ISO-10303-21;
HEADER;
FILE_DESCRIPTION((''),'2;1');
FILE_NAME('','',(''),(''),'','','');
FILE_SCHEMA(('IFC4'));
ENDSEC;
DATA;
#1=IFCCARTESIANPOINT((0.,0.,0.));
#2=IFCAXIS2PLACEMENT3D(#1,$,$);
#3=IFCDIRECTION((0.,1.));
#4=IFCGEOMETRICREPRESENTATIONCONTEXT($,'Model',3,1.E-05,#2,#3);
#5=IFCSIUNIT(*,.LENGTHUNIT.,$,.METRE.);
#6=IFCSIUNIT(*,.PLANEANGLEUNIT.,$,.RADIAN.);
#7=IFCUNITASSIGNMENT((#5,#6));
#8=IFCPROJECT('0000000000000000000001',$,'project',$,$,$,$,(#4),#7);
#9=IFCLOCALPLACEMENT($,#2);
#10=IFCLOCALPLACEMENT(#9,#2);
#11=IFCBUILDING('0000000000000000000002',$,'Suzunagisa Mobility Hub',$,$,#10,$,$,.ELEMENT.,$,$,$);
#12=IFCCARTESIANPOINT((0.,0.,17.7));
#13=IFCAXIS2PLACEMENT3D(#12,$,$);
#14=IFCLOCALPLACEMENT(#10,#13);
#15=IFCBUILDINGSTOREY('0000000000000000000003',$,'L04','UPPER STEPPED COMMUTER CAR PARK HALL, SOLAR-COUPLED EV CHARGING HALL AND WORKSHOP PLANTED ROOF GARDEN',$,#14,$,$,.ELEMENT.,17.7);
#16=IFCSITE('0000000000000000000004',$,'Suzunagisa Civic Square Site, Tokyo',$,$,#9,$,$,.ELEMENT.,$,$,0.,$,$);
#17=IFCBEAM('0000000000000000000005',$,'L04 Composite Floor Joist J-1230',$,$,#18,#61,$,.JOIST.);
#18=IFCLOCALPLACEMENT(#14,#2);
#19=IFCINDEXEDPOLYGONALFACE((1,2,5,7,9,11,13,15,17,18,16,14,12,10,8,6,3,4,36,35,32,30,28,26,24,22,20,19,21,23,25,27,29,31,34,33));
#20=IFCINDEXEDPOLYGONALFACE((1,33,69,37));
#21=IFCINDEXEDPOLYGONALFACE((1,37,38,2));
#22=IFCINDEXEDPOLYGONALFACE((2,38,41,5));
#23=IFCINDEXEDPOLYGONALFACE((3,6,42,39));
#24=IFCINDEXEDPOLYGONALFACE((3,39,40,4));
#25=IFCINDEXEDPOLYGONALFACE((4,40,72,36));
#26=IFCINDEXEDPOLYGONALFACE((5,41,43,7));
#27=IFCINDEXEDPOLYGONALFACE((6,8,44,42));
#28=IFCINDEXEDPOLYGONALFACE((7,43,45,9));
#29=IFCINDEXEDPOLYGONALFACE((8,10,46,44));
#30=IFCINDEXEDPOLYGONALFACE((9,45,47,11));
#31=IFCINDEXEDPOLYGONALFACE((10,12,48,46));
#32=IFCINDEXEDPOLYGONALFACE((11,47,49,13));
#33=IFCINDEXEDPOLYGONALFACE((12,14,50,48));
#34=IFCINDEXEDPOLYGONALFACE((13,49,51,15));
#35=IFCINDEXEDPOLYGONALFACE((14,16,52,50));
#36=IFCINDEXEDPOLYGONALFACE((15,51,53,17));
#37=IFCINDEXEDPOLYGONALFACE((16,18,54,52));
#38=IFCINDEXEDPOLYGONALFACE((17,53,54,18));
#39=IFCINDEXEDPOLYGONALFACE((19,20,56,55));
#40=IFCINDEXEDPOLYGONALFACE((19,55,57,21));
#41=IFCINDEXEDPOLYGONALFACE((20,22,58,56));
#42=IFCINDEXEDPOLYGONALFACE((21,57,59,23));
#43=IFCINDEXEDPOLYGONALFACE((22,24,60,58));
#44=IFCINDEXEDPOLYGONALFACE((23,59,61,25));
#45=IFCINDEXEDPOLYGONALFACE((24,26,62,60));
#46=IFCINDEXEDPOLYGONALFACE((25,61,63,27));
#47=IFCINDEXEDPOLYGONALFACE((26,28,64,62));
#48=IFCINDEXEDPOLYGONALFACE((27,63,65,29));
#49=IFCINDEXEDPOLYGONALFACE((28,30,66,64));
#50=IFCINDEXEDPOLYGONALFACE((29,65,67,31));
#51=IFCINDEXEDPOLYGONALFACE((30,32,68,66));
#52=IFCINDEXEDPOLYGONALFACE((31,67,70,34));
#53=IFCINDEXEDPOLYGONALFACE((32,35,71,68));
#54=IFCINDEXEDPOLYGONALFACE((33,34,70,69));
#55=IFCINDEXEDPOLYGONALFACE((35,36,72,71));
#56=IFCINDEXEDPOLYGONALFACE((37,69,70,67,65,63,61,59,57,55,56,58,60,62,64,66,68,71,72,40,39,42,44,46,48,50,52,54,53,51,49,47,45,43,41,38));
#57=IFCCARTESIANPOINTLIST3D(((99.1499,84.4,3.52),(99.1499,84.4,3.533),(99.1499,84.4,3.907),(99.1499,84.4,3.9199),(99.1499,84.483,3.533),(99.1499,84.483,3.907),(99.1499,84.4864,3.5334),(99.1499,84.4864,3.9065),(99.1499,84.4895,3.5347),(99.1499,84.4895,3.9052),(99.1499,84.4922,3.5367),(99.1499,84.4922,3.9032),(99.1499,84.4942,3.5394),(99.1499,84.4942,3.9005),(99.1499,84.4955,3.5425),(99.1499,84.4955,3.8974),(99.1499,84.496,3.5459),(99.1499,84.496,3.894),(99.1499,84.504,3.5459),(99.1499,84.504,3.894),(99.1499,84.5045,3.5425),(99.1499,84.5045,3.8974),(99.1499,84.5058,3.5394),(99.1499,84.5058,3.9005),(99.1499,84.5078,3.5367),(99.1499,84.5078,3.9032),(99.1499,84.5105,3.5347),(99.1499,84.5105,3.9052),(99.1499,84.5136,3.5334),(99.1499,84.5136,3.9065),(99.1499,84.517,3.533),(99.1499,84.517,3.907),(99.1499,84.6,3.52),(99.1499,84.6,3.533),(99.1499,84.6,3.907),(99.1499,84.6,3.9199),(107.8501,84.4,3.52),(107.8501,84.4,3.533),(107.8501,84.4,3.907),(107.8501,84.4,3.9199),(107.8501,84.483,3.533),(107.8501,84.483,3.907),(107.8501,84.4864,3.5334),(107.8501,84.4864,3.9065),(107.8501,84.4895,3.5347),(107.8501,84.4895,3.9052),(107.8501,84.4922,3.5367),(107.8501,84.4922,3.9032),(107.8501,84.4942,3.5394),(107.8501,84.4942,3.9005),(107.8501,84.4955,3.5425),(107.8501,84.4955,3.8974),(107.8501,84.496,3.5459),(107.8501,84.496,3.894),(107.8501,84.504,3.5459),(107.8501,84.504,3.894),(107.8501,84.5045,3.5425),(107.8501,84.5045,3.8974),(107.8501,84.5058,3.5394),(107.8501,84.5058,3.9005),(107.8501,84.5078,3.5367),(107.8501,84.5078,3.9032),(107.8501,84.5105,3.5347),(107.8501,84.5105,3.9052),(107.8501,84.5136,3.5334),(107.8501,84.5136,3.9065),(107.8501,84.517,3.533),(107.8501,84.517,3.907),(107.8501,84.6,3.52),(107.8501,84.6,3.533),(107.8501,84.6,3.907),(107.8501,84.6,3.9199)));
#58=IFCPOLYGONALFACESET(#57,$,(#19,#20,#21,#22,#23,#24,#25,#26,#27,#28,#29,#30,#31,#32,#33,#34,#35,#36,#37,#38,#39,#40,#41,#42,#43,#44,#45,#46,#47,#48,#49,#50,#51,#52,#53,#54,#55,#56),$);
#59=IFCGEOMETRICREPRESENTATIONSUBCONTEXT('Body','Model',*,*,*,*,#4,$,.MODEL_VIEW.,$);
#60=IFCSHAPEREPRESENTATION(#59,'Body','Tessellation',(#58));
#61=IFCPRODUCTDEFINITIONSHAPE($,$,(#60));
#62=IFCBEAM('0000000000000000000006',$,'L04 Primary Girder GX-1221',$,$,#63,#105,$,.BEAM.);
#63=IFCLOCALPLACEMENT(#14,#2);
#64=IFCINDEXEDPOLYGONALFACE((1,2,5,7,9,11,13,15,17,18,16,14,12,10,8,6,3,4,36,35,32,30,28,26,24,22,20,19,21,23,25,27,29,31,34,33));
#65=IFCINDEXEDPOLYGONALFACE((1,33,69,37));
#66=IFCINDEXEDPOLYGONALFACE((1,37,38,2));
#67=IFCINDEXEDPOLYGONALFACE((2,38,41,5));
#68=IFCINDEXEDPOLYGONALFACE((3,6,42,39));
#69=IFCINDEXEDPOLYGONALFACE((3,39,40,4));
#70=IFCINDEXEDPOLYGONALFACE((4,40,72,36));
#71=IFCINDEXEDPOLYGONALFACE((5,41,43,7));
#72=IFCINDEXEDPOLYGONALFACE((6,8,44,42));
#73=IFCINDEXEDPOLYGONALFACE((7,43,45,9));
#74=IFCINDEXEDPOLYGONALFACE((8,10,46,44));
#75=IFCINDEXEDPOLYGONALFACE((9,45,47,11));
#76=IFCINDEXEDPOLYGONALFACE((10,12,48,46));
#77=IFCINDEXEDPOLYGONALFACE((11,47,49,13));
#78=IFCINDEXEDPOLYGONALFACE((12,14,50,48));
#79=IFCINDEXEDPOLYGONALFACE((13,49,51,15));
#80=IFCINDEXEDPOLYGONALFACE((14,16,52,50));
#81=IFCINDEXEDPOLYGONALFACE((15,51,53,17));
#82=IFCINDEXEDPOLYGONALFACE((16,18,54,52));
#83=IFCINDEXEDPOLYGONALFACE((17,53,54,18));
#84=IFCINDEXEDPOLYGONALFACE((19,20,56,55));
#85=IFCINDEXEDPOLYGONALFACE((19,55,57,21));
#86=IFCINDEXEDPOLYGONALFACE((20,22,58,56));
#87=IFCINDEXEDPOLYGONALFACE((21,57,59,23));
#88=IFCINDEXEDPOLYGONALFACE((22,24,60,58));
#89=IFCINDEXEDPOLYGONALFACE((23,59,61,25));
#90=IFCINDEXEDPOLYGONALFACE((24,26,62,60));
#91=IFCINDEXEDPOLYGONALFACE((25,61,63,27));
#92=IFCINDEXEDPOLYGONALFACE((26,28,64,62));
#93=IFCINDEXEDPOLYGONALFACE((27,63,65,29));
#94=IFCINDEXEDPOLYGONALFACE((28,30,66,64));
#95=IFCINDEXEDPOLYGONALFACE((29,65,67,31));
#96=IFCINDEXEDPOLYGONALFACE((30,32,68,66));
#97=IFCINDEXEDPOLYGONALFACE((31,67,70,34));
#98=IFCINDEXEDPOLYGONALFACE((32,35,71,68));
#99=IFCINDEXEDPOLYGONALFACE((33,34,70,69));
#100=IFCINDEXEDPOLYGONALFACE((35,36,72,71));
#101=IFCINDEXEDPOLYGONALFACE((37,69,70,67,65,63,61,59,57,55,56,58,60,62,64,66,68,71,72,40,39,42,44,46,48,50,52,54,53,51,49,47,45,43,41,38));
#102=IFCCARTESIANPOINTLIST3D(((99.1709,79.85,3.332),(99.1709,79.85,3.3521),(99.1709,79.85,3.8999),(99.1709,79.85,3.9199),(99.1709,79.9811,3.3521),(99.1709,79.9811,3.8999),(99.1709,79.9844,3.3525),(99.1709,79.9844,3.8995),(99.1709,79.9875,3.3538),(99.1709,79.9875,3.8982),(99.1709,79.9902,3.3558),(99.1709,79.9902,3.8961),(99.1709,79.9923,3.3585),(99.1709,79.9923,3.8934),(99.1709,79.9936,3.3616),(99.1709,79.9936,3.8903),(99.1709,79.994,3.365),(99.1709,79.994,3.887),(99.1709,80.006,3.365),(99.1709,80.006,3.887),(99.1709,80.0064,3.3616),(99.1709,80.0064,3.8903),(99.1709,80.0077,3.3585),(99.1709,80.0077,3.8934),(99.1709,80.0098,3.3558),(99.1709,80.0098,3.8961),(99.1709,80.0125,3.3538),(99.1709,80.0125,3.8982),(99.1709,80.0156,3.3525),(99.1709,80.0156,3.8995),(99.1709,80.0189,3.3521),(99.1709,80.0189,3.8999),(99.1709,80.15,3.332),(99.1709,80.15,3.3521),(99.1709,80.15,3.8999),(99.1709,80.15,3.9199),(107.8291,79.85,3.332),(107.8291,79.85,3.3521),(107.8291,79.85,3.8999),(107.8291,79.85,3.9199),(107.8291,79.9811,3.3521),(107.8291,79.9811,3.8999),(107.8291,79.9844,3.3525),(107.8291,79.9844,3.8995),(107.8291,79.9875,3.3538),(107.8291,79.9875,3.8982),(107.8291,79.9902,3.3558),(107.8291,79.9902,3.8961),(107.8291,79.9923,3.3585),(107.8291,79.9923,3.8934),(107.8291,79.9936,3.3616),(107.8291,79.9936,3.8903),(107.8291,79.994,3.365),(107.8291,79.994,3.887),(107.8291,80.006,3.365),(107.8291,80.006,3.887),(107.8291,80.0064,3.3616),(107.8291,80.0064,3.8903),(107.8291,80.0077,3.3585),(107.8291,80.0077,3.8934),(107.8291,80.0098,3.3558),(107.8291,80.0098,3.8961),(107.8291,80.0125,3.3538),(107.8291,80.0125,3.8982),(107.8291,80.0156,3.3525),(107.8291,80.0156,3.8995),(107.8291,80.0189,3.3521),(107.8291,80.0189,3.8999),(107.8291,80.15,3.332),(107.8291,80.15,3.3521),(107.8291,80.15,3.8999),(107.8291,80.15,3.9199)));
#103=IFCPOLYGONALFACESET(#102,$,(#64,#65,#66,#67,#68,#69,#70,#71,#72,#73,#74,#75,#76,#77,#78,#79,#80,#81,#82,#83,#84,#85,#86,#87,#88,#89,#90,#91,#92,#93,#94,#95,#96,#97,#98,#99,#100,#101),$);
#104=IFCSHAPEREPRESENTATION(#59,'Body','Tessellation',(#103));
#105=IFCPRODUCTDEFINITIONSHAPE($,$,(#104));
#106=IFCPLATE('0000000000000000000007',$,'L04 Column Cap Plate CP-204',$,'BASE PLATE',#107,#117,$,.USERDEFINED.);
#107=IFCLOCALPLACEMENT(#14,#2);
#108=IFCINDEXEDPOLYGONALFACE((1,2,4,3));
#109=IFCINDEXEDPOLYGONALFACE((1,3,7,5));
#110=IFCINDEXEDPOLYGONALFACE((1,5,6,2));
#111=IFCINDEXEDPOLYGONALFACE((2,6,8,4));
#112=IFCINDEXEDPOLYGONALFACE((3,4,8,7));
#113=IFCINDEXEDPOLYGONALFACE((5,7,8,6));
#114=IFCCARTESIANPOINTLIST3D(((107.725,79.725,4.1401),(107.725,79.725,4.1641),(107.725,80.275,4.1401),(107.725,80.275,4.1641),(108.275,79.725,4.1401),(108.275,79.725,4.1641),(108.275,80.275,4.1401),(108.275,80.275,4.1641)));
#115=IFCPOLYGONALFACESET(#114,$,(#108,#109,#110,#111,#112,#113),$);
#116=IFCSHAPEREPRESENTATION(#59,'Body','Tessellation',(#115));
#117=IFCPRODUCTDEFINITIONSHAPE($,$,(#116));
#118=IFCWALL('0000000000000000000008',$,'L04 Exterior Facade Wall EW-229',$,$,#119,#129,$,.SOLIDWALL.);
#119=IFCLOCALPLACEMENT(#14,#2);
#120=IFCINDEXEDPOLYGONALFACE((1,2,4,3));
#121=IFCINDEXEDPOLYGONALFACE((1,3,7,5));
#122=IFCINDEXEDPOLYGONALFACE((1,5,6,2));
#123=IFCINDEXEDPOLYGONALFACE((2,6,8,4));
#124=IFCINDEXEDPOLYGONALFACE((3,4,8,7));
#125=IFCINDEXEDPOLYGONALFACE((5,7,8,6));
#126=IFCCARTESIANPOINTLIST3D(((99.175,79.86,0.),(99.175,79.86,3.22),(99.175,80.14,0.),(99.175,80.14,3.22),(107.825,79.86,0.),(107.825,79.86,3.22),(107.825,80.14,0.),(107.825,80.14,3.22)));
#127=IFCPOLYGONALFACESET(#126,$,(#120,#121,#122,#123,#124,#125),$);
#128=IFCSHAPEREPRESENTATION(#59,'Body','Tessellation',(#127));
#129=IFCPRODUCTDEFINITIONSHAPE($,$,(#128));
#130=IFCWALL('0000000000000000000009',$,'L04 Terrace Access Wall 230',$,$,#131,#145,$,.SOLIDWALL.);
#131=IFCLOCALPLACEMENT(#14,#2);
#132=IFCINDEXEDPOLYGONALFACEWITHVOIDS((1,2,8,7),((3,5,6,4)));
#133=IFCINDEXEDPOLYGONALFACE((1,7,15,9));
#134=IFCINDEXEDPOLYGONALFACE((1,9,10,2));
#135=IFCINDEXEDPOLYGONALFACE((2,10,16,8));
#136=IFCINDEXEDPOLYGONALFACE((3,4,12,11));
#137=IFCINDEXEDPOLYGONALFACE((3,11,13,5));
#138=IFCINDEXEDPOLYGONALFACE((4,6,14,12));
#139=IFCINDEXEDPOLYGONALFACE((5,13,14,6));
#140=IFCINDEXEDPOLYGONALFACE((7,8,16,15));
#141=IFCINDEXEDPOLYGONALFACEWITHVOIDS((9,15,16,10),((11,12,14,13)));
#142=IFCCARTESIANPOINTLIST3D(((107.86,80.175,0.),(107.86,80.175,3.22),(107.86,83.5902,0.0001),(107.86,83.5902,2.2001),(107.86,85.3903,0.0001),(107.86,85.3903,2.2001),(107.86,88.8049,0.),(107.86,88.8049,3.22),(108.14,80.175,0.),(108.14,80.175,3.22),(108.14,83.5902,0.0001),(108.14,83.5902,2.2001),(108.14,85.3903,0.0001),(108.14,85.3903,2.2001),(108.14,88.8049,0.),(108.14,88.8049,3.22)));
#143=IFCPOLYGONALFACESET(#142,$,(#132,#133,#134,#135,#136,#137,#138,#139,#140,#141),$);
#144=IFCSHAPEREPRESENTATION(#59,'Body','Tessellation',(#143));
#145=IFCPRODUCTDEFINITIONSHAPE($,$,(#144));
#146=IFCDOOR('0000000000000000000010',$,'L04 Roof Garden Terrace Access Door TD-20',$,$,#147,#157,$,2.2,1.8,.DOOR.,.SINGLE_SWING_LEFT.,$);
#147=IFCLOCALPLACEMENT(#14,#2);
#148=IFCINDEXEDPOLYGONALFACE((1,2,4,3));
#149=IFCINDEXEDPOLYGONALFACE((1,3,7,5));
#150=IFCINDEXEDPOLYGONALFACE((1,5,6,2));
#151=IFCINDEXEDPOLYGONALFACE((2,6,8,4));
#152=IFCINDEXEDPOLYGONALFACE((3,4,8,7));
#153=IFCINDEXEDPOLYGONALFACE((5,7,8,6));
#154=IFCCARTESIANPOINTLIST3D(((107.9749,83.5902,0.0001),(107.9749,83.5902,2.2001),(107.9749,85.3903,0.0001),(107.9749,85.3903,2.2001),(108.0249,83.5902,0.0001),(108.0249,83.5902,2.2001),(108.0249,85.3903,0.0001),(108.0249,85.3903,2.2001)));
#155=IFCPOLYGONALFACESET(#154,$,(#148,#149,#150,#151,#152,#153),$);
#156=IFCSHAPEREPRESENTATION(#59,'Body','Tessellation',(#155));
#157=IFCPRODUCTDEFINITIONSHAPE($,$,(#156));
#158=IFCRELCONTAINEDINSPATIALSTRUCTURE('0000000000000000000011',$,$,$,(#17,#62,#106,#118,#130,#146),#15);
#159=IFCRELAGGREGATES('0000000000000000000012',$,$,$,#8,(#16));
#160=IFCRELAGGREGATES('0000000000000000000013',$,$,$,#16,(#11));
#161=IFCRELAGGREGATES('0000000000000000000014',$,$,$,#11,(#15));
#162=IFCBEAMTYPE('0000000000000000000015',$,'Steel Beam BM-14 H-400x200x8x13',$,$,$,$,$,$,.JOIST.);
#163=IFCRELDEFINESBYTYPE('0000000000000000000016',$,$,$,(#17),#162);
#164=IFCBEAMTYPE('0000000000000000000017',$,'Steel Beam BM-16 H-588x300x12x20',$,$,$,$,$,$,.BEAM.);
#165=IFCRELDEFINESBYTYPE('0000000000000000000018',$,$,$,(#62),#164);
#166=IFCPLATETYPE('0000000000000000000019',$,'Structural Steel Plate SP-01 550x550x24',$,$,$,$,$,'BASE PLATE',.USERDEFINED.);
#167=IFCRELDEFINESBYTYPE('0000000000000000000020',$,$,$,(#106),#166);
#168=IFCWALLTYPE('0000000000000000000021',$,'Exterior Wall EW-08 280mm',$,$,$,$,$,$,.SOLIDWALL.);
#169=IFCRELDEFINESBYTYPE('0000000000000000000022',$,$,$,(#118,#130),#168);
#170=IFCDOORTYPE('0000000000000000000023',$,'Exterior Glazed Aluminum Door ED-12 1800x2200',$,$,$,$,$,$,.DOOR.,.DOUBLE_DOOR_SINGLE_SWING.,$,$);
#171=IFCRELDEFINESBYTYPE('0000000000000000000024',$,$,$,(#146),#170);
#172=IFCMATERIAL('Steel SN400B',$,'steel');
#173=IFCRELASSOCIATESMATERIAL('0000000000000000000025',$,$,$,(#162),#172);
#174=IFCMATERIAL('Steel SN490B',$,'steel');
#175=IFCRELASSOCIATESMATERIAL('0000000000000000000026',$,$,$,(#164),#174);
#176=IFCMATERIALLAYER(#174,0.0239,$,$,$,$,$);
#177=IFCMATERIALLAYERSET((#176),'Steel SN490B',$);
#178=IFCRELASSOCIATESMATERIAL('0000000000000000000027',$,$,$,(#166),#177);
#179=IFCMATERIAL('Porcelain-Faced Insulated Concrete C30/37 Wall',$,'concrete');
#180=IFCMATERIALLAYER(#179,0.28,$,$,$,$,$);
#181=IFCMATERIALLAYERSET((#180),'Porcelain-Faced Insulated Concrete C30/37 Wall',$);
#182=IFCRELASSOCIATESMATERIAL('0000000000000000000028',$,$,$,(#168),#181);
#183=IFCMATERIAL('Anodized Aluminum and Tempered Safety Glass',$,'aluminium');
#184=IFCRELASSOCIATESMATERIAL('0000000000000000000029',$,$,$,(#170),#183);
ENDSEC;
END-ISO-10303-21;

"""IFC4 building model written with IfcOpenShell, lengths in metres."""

from ifc_helpers import new_model, si_unit, direction, frame, frame_2d, origin, origin_2d, place, context, subcontext, project, spatial, rectangle, i_section, extrude, material, layer, layer_set, material_profile, profile_set, type_object, element, fill, save


model = new_model("IFC4")

# Units and contexts
model_context = context("Model", 3, precision=1e-05, world=origin(), true_north=direction((0.0, 1.0)))
body_context = subcontext(model_context, "Body", "Model", "MODEL_VIEW")
ifc_project = project(units=[si_unit("LENGTHUNIT", "METRE"), si_unit("PLANEANGLEUNIT", "RADIAN")], contexts=[model_context])

# Site, building, storey
site_placement = place(None, origin())
site = spatial("IfcSite", under=ifc_project, at=site_placement, Name="Suzunagisa Civic Square Site, Tokyo", CompositionType="ELEMENT", RefElevation=0.0)
building_placement = place(site_placement, origin())
building = spatial("IfcBuilding", under=site, at=building_placement, Name="Suzunagisa Mobility Hub", CompositionType="ELEMENT")
storey_placement = place(building_placement, frame((0.0, 0.0, 17.7)))
storey = spatial("IfcBuildingStorey", under=building, at=storey_placement, Name="L04", Description="UPPER STEPPED COMMUTER CAR PARK HALL, SOLAR-COUPLED EV CHARGING HALL AND WORKSHOP PLANTED ROOF GARDEN", CompositionType="ELEMENT", Elevation=17.7)

# Shared definitions
ifc_material_1 = material(Name="Steel SN490B", Category="steel")

# Beams
ifc_material_2 = material(Name="Steel SN400B", Category="steel")
ifc_material_profile_1 = material_profile(ifc_material_2, i_section(OverallWidth=0.2, OverallDepth=0.3999, WebThickness=0.0081, FlangeThickness=0.0129, FilletRadius=0.0129, at=origin_2d()), Name="H-400x200x8x13")
ifc_profile_set_1 = profile_set([ifc_material_profile_1], Name="Steel SN400B")
beam_type_1 = type_object("IfcBeamType", Name="Steel Beam BM-14 H-400x200x8x13", PredefinedType="JOIST", material=ifc_profile_set_1)
for number, where, z_axis, x_axis, name in (
    (1, (99.1499, 84.5, 3.72), (1.0, 0.0, 0.0), (0.0, 1.0, 0.0), "L04 Composite Floor Joist J-1230"),
):
    element("IfcBeam", number, at=place(storey_placement, frame(where, z_axis=z_axis, x_axis=x_axis)), inside=storey, type_object=beam_type_1, Name=name, PredefinedType="JOIST", context=body_context, shape_type="SweptSolid", body=[
        extrude(i_section(OverallWidth=0.2, OverallDepth=0.3999, WebThickness=0.0081, FlangeThickness=0.0129, FilletRadius=0.0129, at=origin_2d()), origin(), (0.0, 0.0, 1.0), 8.7002),
    ])
ifc_material_profile_2 = material_profile(ifc_material_1, i_section(OverallWidth=0.3, OverallDepth=0.5879, WebThickness=0.012, FlangeThickness=0.02, FilletRadius=0.0129, at=origin_2d()), Name="H-588x300x12x20")
ifc_profile_set_2 = profile_set([ifc_material_profile_2], Name="Steel SN490B")
beam_type_2 = type_object("IfcBeamType", Name="Steel Beam BM-16 H-588x300x12x20", PredefinedType="BEAM", material=ifc_profile_set_2)
beam_1_placement = place(storey_placement, frame((99.1709, 80.0, 3.626), z_axis=(1.0, 0.0, 0.0), x_axis=(0.0, 1.0, 0.0)))
element("IfcBeam", 2, at=beam_1_placement, inside=storey, type_object=beam_type_2, Name="L04 Primary Girder GX-1221", PredefinedType="BEAM", context=body_context, shape_type="SweptSolid", body=[
    extrude(i_section(OverallWidth=0.3, OverallDepth=0.5879, WebThickness=0.012, FlangeThickness=0.02, FilletRadius=0.0129, at=origin_2d()), origin(), (0.0, 0.0, 1.0), 8.6582),
])

# Plate
ifc_layer_1 = layer(ifc_material_1, 0.0239)
ifc_layer_set_1 = layer_set([ifc_layer_1], Name="Steel SN490B")
plate_type = type_object("IfcPlateType", Name="Structural Steel Plate SP-01 550x550x24", ElementType="BASE PLATE", PredefinedType="USERDEFINED", material=ifc_layer_set_1)
plate_placement = place(storey_placement, frame((108.0, 80.0, 4.1401), z_axis=(0.0, 0.0, 1.0), x_axis=(1.0, 0.0, 0.0)))
element("IfcPlate", 3, at=plate_placement, inside=storey, type_object=plate_type, Name="L04 Column Cap Plate CP-204", ObjectType="BASE PLATE", PredefinedType="USERDEFINED", context=body_context, shape_type="SweptSolid", body=[
    extrude(rectangle(XDim=0.55, YDim=0.55, at=origin_2d()), origin(), (0.0, 0.0, 1.0), 0.0239),
])

# Wall
ifc_material_3 = material(Name="Porcelain-Faced Insulated Concrete C30/37 Wall", Category="concrete")
ifc_layer_2 = layer(ifc_material_3, 0.28)
ifc_layer_set_2 = layer_set([ifc_layer_2], Name="Porcelain-Faced Insulated Concrete C30/37 Wall")
wall_type_1 = type_object("IfcWallType", Name="Exterior Wall EW-08 280mm", PredefinedType="SOLIDWALL", material=ifc_layer_set_2)
wall_1_placement = place(storey_placement, frame((99.175, 80.0, 0.0), z_axis=(0.0, 0.0, 1.0), x_axis=(1.0, 0.0, 0.0)))
element("IfcWall", 4, at=wall_1_placement, inside=storey, type_object=wall_type_1, Name="L04 Exterior Facade Wall EW-229", PredefinedType="SOLIDWALL", context=body_context, shape_type="SweptSolid", body=[
    extrude(rectangle(XDim=8.6499, YDim=0.28, at=frame_2d((4.325, 0.0))), origin(), (0.0, 0.0, 1.0), 3.22),
])

# Wall, opening, door
wall_2_placement = place(storey_placement, frame((108.0, 80.175, 0.0), z_axis=(0.0, 0.0, 1.0), x_axis=(0.0, 1.0, 0.0)))
wall_2 = element("IfcWall", 5, at=wall_2_placement, inside=storey, type_object=wall_type_1, Name="L04 Terrace Access Wall 230", PredefinedType="SOLIDWALL", context=body_context, shape_type="SweptSolid", body=[
    extrude(rectangle(XDim=8.6299, YDim=0.28, at=frame_2d((4.3149, 0.0))), origin(), (0.0, 0.0, 1.0), 3.22),
])
opening_1_placement = place(wall_2_placement, frame((5.2151, 0.0, 0.0), z_axis=(0.0, 0.0, 1.0), x_axis=(-1.0, 0.0, 0.0)))
opening_1 = element("IfcOpeningElement", 6, at=opening_1_placement, cuts=wall_2, PredefinedType="OPENING", context=body_context, shape_type="SweptSolid", body=[
    extrude(rectangle(XDim=1.8, YDim=2.2, at=frame_2d((0.8999, 1.1001))), frame((0.0, 0.1509, 0.0), z_axis=(0.0, -1.0, 0.0), x_axis=(1.0, 0.0, 0.0)), (0.0, 0.0, 1.0), 0.302),
])
ifc_material_4 = material(Name="Anodized Aluminum and Tempered Safety Glass", Category="aluminium")
door_type_1 = type_object("IfcDoorType", Name="Exterior Glazed Aluminum Door ED-12 1800x2200", OperationType="DOUBLE_DOOR_SINGLE_SWING", PredefinedType="DOOR", material=ifc_material_4)
door_1_placement = place(opening_1_placement, origin())
door_1 = element("IfcDoor", 7, at=door_1_placement, inside=storey, type_object=door_type_1, Name="L04 Roof Garden Terrace Access Door TD-20", OperationType="SINGLE_SWING_LEFT", OverallHeight=2.2, OverallWidth=1.8, PredefinedType="DOOR", context=body_context, shape_type="SweptSolid", body=[
    extrude(rectangle(XDim=1.8, YDim=2.2, at=frame_2d((0.8999, 1.1001))), frame((0.0, 0.0249, 0.0), z_axis=(0.0, -1.0, 0.0), x_axis=(1.0, 0.0, 0.0)), (0.0, 0.0, 1.0), 0.05),
])
fill(opening_1, door_1)

save(model, "model.ifc")
